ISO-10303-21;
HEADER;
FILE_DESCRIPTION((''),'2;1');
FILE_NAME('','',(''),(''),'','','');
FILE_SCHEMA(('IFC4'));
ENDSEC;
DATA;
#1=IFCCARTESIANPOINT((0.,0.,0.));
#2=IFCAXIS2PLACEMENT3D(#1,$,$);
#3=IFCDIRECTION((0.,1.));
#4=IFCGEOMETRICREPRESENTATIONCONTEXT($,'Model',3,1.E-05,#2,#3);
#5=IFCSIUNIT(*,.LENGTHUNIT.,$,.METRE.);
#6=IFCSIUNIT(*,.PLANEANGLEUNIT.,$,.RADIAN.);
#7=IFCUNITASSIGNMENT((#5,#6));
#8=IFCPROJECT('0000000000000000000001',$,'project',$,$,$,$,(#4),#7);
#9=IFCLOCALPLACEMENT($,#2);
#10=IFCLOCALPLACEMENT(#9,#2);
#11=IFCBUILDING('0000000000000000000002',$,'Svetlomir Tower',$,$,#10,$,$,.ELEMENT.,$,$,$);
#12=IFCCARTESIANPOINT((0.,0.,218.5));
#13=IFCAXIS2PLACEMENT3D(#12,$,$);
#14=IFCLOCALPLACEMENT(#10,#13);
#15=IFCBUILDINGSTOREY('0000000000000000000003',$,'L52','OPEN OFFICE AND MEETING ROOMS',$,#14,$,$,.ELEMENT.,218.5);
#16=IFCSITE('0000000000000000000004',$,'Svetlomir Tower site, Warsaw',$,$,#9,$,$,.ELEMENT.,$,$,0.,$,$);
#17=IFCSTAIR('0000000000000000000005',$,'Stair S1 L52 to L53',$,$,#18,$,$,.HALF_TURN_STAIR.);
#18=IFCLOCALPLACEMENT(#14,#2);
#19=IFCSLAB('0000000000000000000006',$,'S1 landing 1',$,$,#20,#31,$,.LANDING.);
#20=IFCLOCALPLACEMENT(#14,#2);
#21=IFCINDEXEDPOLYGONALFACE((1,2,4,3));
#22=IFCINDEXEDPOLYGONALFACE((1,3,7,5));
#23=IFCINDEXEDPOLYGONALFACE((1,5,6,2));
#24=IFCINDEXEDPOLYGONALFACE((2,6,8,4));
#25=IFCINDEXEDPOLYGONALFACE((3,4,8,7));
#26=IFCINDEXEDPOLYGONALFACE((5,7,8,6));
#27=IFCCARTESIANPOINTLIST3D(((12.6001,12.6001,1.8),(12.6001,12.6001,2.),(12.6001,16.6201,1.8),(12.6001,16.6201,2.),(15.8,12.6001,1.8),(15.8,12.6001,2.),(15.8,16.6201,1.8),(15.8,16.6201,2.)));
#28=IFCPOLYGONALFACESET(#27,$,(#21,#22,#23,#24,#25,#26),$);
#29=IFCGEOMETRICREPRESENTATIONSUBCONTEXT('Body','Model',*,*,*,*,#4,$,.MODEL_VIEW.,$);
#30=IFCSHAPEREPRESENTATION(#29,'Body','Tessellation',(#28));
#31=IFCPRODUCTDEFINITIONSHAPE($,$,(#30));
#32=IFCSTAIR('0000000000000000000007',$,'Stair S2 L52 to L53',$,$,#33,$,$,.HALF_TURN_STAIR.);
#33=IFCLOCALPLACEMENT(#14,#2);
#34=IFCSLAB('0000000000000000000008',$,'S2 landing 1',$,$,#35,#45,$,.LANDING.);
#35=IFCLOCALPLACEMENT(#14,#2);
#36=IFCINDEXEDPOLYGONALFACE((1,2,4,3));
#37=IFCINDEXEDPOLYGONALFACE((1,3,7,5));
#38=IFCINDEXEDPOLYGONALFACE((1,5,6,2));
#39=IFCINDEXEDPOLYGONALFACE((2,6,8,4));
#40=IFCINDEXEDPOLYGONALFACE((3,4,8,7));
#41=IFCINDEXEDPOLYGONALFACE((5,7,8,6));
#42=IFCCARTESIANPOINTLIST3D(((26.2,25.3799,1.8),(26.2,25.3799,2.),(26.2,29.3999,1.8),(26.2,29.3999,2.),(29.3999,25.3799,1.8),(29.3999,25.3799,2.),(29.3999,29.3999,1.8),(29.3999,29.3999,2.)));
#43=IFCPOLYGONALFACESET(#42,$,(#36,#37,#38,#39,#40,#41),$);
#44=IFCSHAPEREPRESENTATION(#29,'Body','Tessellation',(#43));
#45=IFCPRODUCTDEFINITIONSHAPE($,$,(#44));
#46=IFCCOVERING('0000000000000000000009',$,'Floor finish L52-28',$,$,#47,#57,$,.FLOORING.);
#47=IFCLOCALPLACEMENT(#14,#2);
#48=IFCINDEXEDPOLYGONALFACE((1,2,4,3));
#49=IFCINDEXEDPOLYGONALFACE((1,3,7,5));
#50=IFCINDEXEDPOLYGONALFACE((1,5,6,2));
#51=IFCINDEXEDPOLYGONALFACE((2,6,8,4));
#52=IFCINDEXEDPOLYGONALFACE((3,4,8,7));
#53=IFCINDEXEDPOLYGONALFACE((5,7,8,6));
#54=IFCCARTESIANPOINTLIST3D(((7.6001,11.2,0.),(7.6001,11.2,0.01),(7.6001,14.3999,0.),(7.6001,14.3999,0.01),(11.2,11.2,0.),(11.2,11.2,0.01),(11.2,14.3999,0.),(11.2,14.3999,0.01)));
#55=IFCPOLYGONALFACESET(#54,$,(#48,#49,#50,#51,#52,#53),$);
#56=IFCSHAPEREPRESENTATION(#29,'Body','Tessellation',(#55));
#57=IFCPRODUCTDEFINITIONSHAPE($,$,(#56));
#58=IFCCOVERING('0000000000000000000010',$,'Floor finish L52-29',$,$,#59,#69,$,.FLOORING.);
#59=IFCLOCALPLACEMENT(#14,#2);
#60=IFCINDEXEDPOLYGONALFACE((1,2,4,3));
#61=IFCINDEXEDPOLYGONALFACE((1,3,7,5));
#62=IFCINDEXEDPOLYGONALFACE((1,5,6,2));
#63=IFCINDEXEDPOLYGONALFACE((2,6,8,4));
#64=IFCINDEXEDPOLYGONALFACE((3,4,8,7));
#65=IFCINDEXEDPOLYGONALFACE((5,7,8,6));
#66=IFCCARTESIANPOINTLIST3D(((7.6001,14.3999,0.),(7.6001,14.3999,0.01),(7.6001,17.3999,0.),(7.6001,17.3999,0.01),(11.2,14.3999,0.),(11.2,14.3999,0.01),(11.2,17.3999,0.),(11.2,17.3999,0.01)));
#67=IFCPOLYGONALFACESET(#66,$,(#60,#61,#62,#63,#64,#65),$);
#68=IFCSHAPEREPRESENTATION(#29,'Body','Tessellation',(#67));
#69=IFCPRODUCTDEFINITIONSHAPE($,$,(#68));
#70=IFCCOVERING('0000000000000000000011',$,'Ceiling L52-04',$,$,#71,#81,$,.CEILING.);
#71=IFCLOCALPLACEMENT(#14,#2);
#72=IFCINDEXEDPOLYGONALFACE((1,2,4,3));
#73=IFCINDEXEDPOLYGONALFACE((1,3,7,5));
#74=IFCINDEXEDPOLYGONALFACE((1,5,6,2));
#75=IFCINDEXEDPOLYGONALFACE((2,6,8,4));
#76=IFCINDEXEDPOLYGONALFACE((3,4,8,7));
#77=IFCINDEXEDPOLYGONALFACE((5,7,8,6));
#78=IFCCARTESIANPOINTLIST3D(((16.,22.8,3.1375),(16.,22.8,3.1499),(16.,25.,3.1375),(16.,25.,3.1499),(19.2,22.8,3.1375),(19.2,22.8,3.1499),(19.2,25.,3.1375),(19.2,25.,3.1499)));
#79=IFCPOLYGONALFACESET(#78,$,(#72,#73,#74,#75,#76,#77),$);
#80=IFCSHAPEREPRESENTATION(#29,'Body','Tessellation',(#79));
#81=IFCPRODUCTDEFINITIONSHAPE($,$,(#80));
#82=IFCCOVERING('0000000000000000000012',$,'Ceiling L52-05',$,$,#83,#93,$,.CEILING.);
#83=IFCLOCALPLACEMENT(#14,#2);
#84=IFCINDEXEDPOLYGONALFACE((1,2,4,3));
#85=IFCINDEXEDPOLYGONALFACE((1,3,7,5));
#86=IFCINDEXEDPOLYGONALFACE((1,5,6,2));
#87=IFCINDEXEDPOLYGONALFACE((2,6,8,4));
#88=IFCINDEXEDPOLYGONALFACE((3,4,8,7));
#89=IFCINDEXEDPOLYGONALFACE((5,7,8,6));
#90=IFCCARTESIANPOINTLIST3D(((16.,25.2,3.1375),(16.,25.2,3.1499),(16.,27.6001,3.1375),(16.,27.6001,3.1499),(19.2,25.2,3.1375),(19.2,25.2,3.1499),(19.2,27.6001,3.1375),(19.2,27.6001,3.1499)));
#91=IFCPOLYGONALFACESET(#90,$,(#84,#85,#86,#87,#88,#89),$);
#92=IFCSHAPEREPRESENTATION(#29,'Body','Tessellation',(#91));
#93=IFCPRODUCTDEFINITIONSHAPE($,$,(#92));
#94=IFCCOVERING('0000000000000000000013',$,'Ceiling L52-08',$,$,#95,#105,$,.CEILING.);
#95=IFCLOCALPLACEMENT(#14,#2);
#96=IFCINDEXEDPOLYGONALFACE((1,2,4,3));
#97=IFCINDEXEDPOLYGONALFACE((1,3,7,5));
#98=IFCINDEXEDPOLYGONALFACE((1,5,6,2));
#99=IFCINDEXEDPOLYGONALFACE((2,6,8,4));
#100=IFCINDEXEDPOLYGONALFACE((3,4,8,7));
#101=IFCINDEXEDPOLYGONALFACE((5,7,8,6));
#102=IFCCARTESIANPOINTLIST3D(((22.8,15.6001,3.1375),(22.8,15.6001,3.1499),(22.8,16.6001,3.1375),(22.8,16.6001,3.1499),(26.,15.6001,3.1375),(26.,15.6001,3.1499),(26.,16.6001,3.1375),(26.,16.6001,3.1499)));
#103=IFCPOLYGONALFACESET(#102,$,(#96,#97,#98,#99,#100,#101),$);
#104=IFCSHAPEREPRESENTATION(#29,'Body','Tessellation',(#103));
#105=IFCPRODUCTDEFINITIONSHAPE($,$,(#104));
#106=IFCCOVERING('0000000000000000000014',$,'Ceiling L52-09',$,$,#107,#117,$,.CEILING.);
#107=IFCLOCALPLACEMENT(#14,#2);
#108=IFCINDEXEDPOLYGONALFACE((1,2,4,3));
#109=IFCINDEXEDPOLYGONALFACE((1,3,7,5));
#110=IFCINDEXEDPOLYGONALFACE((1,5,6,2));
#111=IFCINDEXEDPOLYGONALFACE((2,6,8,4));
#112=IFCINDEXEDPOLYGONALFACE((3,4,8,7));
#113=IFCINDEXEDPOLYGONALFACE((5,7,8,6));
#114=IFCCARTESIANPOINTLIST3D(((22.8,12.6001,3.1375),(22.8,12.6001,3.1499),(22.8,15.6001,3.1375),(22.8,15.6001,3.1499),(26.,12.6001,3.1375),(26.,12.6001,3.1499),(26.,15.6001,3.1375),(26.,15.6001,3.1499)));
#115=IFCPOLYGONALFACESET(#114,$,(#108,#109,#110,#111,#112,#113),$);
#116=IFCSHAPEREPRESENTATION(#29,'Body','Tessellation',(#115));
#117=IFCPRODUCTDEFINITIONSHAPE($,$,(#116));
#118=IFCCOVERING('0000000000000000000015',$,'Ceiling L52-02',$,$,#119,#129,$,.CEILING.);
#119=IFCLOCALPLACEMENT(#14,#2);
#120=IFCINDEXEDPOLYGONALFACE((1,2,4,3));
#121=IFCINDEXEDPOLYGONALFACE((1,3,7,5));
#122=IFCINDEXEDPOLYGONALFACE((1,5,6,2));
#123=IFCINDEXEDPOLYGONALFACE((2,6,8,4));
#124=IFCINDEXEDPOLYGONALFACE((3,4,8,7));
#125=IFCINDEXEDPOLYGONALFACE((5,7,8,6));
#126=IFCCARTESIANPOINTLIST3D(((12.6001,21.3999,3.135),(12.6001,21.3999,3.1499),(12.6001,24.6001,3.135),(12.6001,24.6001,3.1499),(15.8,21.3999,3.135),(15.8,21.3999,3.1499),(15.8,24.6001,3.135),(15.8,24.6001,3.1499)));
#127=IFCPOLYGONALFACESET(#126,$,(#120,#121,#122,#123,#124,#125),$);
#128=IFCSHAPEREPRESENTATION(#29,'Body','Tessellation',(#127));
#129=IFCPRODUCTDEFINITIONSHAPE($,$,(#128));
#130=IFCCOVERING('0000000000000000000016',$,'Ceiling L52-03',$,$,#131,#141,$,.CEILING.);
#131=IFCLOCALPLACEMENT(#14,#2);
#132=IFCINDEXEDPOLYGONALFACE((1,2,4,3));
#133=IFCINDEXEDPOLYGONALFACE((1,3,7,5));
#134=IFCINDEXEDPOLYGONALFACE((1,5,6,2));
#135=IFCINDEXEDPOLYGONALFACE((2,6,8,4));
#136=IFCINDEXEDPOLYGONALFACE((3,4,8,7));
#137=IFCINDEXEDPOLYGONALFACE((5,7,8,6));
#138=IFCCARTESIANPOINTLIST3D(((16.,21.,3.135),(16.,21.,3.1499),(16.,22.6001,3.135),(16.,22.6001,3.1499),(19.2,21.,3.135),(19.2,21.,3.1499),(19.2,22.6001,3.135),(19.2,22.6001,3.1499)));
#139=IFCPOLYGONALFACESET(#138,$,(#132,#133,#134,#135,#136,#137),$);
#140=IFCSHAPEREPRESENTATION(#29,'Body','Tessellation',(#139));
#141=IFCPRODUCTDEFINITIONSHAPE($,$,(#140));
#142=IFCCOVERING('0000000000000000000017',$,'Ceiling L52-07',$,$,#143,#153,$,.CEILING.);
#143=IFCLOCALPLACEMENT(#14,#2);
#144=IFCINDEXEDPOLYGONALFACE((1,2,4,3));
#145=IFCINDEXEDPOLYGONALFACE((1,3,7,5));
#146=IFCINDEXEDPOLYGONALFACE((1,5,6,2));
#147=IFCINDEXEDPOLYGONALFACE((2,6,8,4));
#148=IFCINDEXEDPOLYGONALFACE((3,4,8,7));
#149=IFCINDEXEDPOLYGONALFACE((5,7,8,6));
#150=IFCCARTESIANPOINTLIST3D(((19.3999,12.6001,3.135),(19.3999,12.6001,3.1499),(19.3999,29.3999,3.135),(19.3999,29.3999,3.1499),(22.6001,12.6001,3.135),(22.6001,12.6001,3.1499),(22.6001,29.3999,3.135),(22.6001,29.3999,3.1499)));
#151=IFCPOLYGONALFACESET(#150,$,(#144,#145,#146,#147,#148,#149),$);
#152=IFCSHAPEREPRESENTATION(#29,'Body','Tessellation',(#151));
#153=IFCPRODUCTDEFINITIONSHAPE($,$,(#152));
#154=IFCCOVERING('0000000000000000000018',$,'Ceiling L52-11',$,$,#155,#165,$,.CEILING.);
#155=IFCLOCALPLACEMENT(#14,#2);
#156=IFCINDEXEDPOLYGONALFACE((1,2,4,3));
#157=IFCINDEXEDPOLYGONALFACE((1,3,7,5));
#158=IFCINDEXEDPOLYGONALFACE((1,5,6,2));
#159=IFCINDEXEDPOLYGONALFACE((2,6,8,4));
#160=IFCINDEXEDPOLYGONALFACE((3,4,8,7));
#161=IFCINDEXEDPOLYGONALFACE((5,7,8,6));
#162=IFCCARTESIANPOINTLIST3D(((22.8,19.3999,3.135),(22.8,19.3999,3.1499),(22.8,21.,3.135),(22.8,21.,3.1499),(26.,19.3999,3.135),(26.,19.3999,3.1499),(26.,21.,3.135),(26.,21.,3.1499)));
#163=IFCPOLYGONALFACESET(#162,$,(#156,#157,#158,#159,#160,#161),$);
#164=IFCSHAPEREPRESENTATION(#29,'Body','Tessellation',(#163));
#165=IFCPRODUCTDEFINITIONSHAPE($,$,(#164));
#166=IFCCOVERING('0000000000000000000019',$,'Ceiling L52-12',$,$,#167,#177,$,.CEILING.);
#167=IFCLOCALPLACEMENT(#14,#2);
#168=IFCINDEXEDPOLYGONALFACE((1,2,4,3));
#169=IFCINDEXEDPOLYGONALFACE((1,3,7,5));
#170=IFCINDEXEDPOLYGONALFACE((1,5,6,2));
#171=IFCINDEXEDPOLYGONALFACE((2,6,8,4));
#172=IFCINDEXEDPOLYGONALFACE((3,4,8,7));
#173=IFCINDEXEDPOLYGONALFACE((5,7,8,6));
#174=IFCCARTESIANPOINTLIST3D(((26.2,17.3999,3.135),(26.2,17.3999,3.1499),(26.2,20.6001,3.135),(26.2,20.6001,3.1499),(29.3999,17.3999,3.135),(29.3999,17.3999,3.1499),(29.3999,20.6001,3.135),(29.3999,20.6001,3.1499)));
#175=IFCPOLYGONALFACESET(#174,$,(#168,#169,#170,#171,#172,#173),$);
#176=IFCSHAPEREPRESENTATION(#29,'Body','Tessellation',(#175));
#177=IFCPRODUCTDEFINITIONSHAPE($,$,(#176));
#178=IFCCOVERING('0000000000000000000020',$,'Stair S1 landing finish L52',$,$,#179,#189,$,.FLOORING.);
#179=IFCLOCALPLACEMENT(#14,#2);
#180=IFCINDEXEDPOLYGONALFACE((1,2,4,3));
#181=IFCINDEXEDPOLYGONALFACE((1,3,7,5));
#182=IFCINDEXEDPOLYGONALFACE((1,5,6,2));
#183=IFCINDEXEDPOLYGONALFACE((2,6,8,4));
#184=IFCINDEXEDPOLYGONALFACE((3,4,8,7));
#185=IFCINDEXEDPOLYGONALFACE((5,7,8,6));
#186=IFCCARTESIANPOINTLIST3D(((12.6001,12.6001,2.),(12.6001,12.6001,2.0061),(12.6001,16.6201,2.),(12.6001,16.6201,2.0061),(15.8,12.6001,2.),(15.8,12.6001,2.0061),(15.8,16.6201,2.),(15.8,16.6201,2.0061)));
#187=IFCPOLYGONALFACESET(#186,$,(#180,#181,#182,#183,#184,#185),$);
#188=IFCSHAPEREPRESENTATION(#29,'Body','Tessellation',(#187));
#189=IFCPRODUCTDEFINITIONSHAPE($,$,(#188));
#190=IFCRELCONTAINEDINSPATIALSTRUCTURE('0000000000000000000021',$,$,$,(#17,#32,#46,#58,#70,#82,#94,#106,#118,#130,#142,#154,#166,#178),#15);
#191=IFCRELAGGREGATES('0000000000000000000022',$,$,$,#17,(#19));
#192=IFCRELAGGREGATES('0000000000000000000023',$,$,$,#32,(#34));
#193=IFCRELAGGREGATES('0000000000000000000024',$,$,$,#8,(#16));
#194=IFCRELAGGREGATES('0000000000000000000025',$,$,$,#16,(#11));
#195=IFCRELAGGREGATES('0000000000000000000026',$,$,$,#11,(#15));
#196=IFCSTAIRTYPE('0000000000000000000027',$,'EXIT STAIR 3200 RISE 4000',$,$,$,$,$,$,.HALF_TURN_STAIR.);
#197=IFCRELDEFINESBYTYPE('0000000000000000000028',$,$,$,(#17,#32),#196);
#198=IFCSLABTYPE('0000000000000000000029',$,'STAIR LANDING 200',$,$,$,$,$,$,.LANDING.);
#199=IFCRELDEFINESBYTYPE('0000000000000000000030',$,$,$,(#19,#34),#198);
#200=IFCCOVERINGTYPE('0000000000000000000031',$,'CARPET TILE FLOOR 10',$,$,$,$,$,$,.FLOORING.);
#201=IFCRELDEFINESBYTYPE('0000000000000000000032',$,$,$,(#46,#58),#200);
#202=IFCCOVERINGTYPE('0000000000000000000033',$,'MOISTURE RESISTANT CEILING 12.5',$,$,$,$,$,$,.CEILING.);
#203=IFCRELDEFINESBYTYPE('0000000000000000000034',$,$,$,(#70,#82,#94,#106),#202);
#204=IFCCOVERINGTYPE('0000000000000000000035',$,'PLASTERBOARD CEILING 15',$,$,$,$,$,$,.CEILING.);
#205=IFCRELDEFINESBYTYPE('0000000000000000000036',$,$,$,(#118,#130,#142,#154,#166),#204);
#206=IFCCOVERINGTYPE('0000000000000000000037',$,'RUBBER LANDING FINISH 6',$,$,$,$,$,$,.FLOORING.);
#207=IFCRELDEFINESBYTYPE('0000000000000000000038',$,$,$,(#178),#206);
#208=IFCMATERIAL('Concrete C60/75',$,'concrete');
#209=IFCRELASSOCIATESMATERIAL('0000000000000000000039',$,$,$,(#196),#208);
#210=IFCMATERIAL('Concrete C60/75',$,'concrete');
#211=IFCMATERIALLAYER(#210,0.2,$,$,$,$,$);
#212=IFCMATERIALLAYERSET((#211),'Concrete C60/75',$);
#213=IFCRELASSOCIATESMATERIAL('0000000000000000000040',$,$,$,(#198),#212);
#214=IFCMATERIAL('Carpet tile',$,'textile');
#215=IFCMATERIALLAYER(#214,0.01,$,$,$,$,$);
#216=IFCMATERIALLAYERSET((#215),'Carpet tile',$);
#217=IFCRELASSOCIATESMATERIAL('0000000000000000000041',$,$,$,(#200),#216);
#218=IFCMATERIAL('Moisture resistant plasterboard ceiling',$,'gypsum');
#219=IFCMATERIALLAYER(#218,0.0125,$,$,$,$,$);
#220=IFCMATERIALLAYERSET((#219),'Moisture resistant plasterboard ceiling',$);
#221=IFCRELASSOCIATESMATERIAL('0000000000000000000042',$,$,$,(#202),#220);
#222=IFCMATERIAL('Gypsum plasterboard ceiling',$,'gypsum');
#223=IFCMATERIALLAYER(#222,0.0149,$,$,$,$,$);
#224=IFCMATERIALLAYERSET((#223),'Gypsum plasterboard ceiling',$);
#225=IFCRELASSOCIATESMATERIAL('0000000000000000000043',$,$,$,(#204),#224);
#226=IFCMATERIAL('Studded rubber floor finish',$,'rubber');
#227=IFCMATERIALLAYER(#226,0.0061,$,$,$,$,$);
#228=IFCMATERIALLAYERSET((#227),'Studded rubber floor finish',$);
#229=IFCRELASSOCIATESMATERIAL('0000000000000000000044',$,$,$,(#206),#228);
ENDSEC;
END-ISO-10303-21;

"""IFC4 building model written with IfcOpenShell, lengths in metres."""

from ifc_helpers import new_model, si_unit, direction, frame, origin, place, context, subcontext, project, spatial, polyline, outline, extrude, material, layer, layer_set, type_object, element, aggregate, save


model = new_model("IFC4")

# Units and contexts
model_context = context("Model", 3, precision=1e-05, world=origin(), true_north=direction((0.0, 1.0)))
body_context = subcontext(model_context, "Body", "Model", "MODEL_VIEW")
ifc_project = project(units=[si_unit("LENGTHUNIT", "METRE"), si_unit("PLANEANGLEUNIT", "RADIAN")], contexts=[model_context])

# Site, building, storey
site_placement = place(None, origin())
site = spatial("IfcSite", under=ifc_project, at=site_placement, Name="Svetlomir Tower site, Warsaw", CompositionType="ELEMENT", RefElevation=0.0)
building_placement = place(site_placement, origin())
building = spatial("IfcBuilding", under=site, at=building_placement, Name="Svetlomir Tower", CompositionType="ELEMENT")
storey_placement = place(building_placement, frame((0.0, 0.0, 218.5)))
storey = spatial("IfcBuildingStorey", under=building, at=storey_placement, Name="L52", Description="OPEN OFFICE AND MEETING ROOMS", CompositionType="ELEMENT", Elevation=218.5)

# Stairs, slabs
ifc_material_1 = material(Name="Concrete C60/75", Category="concrete")
stair_type = type_object("IfcStairType", Name="EXIT STAIR 3200 RISE 4000", PredefinedType="HALF_TURN_STAIR", material=ifc_material_1)
stair_1_placement = place(storey_placement, origin())
stair_1 = element("IfcStair", 1, at=stair_1_placement, inside=storey, type_object=stair_type, Name="Stair S1 L52 to L53", PredefinedType="HALF_TURN_STAIR")
ifc_material_2 = material(Name="Concrete C60/75", Category="concrete")
ifc_layer_1 = layer(ifc_material_2, 0.2)
ifc_layer_set_1 = layer_set([ifc_layer_1], Name="Concrete C60/75")
slab_type = type_object("IfcSlabType", Name="STAIR LANDING 200", PredefinedType="LANDING", material=ifc_layer_set_1)
slab_1_placement = place(storey_placement, frame((0.0, 0.0, 1.8)))
slab_1 = element("IfcSlab", 2, at=slab_1_placement, type_object=slab_type, Name="S1 landing 1", PredefinedType="LANDING", context=body_context, shape_type="SweptSolid", body=[
    extrude(outline(polyline([(12.6001, 12.6001), (15.8, 12.6001), (15.8, 16.6201), (12.6001, 16.6201), (12.6001, 12.6001)])), origin(), (0.0, 0.0, 1.0), 0.2),
])
aggregate(stair_1, [slab_1])
stair_2_placement = place(storey_placement, origin())
stair_2 = element("IfcStair", 3, at=stair_2_placement, inside=storey, type_object=stair_type, Name="Stair S2 L52 to L53", PredefinedType="HALF_TURN_STAIR")
slab_2_placement = place(storey_placement, frame((0.0, 0.0, 1.8)))
slab_2 = element("IfcSlab", 4, at=slab_2_placement, type_object=slab_type, Name="S2 landing 1", PredefinedType="LANDING", context=body_context, shape_type="SweptSolid", body=[
    extrude(outline(polyline([(26.2, 25.3799), (29.3999, 25.3799), (29.3999, 29.3999), (26.2, 29.3999), (26.2, 25.3799)])), origin(), (0.0, 0.0, 1.0), 0.2),
])
aggregate(stair_2, [slab_2])

# Coverings
ifc_material_3 = material(Name="Carpet tile", Category="textile")
ifc_layer_2 = layer(ifc_material_3, 0.01)
ifc_layer_set_2 = layer_set([ifc_layer_2], Name="Carpet tile")
covering_type_1 = type_object("IfcCoveringType", Name="CARPET TILE FLOOR 10", PredefinedType="FLOORING", material=ifc_layer_set_2)
covering_1_placement = place(storey_placement, origin())
element("IfcCovering", 5, at=covering_1_placement, inside=storey, type_object=covering_type_1, Name="Floor finish L52-28", PredefinedType="FLOORING", context=body_context, shape_type="SweptSolid", body=[
    extrude(outline(polyline([(7.6001, 11.2), (11.2, 11.2), (11.2, 14.3999), (7.6001, 14.3999), (7.6001, 11.2)])), origin(), (0.0, 0.0, 1.0), 0.01),
])
covering_2_placement = place(storey_placement, origin())
element("IfcCovering", 6, at=covering_2_placement, inside=storey, type_object=covering_type_1, Name="Floor finish L52-29", PredefinedType="FLOORING", context=body_context, shape_type="SweptSolid", body=[
    extrude(outline(polyline([(7.6001, 14.3999), (11.2, 14.3999), (11.2, 17.3999), (7.6001, 17.3999), (7.6001, 14.3999)])), origin(), (0.0, 0.0, 1.0), 0.01),
])
ifc_material_4 = material(Name="Moisture resistant plasterboard ceiling", Category="gypsum")
ifc_layer_3 = layer(ifc_material_4, 0.0125)
ifc_layer_set_3 = layer_set([ifc_layer_3], Name="Moisture resistant plasterboard ceiling")
covering_type_2 = type_object("IfcCoveringType", Name="MOISTURE RESISTANT CEILING 12.5", PredefinedType="CEILING", material=ifc_layer_set_3)
covering_3_placement = place(storey_placement, frame((0.0, 0.0, 3.1375)))
element("IfcCovering", 7, at=covering_3_placement, inside=storey, type_object=covering_type_2, Name="Ceiling L52-04", PredefinedType="CEILING", context=body_context, shape_type="SweptSolid", body=[
    extrude(outline(polyline([(16.0, 22.8), (19.2, 22.8), (19.2, 25.0), (16.0, 25.0), (16.0, 22.8)])), origin(), (0.0, 0.0, 1.0), 0.0125),
])
covering_4_placement = place(storey_placement, frame((0.0, 0.0, 3.1375)))
element("IfcCovering", 8, at=covering_4_placement, inside=storey, type_object=covering_type_2, Name="Ceiling L52-05", PredefinedType="CEILING", context=body_context, shape_type="SweptSolid", body=[
    extrude(outline(polyline([(16.0, 25.2), (19.2, 25.2), (19.2, 27.6001), (16.0, 27.6001), (16.0, 25.2)])), origin(), (0.0, 0.0, 1.0), 0.0125),
])
covering_5_placement = place(storey_placement, frame((0.0, 0.0, 3.1375)))
element("IfcCovering", 9, at=covering_5_placement, inside=storey, type_object=covering_type_2, Name="Ceiling L52-08", PredefinedType="CEILING", context=body_context, shape_type="SweptSolid", body=[
    extrude(outline(polyline([(22.8, 15.6001), (26.0, 15.6001), (26.0, 16.6001), (22.8, 16.6001), (22.8, 15.6001)])), origin(), (0.0, 0.0, 1.0), 0.0125),
])
covering_6_placement = place(storey_placement, frame((0.0, 0.0, 3.1375)))
element("IfcCovering", 10, at=covering_6_placement, inside=storey, type_object=covering_type_2, Name="Ceiling L52-09", PredefinedType="CEILING", context=body_context, shape_type="SweptSolid", body=[
    extrude(outline(polyline([(22.8, 12.6001), (26.0, 12.6001), (26.0, 15.6001), (22.8, 15.6001), (22.8, 12.6001)])), origin(), (0.0, 0.0, 1.0), 0.0125),
])
ifc_material_5 = material(Name="Gypsum plasterboard ceiling", Category="gypsum")
ifc_layer_4 = layer(ifc_material_5, 0.0149)
ifc_layer_set_4 = layer_set([ifc_layer_4], Name="Gypsum plasterboard ceiling")
covering_type_3 = type_object("IfcCoveringType", Name="PLASTERBOARD CEILING 15", PredefinedType="CEILING", material=ifc_layer_set_4)
covering_7_placement = place(storey_placement, frame((0.0, 0.0, 3.135)))
element("IfcCovering", 11, at=covering_7_placement, inside=storey, type_object=covering_type_3, Name="Ceiling L52-02", PredefinedType="CEILING", context=body_context, shape_type="SweptSolid", body=[
    extrude(outline(polyline([(12.6001, 21.3999), (15.8, 21.3999), (15.8, 24.6001), (12.6001, 24.6001), (12.6001, 21.3999)])), origin(), (0.0, 0.0, 1.0), 0.0149),
])
covering_8_placement = place(storey_placement, frame((0.0, 0.0, 3.135)))
element("IfcCovering", 12, at=covering_8_placement, inside=storey, type_object=covering_type_3, Name="Ceiling L52-03", PredefinedType="CEILING", context=body_context, shape_type="SweptSolid", body=[
    extrude(outline(polyline([(16.0, 21.0), (19.2, 21.0), (19.2, 22.6001), (16.0, 22.6001), (16.0, 21.0)])), origin(), (0.0, 0.0, 1.0), 0.0149),
])
covering_9_placement = place(storey_placement, frame((0.0, 0.0, 3.135)))
element("IfcCovering", 13, at=covering_9_placement, inside=storey, type_object=covering_type_3, Name="Ceiling L52-07", PredefinedType="CEILING", context=body_context, shape_type="SweptSolid", body=[
    extrude(outline(polyline([(19.3999, 12.6001), (22.6001, 12.6001), (22.6001, 29.3999), (19.3999, 29.3999), (19.3999, 12.6001)])), origin(), (0.0, 0.0, 1.0), 0.0149),
])
covering_10_placement = place(storey_placement, frame((0.0, 0.0, 3.135)))
element("IfcCovering", 14, at=covering_10_placement, inside=storey, type_object=covering_type_3, Name="Ceiling L52-11", PredefinedType="CEILING", context=body_context, shape_type="SweptSolid", body=[
    extrude(outline(polyline([(22.8, 19.3999), (26.0, 19.3999), (26.0, 21.0), (22.8, 21.0), (22.8, 19.3999)])), origin(), (0.0, 0.0, 1.0), 0.0149),
])
covering_11_placement = place(storey_placement, frame((0.0, 0.0, 3.135)))
element("IfcCovering", 15, at=covering_11_placement, inside=storey, type_object=covering_type_3, Name="Ceiling L52-12", PredefinedType="CEILING", context=body_context, shape_type="SweptSolid", body=[
    extrude(outline(polyline([(26.2, 17.3999), (29.3999, 17.3999), (29.3999, 20.6001), (26.2, 20.6001), (26.2, 17.3999)])), origin(), (0.0, 0.0, 1.0), 0.0149),
])
ifc_material_6 = material(Name="Studded rubber floor finish", Category="rubber")
ifc_layer_5 = layer(ifc_material_6, 0.0061)
ifc_layer_set_5 = layer_set([ifc_layer_5], Name="Studded rubber floor finish")
covering_type_4 = type_object("IfcCoveringType", Name="RUBBER LANDING FINISH 6", PredefinedType="FLOORING", material=ifc_layer_set_5)
covering_12_placement = place(storey_placement, frame((0.0, 0.0, 2.0)))
element("IfcCovering", 16, at=covering_12_placement, inside=storey, type_object=covering_type_4, Name="Stair S1 landing finish L52", PredefinedType="FLOORING", context=body_context, shape_type="SweptSolid", body=[
    extrude(outline(polyline([(12.6001, 12.6001), (15.8, 12.6001), (15.8, 16.6201), (12.6001, 16.6201), (12.6001, 12.6001)])), origin(), (0.0, 0.0, 1.0), 0.0061),
])

save(model, "model.ifc")
